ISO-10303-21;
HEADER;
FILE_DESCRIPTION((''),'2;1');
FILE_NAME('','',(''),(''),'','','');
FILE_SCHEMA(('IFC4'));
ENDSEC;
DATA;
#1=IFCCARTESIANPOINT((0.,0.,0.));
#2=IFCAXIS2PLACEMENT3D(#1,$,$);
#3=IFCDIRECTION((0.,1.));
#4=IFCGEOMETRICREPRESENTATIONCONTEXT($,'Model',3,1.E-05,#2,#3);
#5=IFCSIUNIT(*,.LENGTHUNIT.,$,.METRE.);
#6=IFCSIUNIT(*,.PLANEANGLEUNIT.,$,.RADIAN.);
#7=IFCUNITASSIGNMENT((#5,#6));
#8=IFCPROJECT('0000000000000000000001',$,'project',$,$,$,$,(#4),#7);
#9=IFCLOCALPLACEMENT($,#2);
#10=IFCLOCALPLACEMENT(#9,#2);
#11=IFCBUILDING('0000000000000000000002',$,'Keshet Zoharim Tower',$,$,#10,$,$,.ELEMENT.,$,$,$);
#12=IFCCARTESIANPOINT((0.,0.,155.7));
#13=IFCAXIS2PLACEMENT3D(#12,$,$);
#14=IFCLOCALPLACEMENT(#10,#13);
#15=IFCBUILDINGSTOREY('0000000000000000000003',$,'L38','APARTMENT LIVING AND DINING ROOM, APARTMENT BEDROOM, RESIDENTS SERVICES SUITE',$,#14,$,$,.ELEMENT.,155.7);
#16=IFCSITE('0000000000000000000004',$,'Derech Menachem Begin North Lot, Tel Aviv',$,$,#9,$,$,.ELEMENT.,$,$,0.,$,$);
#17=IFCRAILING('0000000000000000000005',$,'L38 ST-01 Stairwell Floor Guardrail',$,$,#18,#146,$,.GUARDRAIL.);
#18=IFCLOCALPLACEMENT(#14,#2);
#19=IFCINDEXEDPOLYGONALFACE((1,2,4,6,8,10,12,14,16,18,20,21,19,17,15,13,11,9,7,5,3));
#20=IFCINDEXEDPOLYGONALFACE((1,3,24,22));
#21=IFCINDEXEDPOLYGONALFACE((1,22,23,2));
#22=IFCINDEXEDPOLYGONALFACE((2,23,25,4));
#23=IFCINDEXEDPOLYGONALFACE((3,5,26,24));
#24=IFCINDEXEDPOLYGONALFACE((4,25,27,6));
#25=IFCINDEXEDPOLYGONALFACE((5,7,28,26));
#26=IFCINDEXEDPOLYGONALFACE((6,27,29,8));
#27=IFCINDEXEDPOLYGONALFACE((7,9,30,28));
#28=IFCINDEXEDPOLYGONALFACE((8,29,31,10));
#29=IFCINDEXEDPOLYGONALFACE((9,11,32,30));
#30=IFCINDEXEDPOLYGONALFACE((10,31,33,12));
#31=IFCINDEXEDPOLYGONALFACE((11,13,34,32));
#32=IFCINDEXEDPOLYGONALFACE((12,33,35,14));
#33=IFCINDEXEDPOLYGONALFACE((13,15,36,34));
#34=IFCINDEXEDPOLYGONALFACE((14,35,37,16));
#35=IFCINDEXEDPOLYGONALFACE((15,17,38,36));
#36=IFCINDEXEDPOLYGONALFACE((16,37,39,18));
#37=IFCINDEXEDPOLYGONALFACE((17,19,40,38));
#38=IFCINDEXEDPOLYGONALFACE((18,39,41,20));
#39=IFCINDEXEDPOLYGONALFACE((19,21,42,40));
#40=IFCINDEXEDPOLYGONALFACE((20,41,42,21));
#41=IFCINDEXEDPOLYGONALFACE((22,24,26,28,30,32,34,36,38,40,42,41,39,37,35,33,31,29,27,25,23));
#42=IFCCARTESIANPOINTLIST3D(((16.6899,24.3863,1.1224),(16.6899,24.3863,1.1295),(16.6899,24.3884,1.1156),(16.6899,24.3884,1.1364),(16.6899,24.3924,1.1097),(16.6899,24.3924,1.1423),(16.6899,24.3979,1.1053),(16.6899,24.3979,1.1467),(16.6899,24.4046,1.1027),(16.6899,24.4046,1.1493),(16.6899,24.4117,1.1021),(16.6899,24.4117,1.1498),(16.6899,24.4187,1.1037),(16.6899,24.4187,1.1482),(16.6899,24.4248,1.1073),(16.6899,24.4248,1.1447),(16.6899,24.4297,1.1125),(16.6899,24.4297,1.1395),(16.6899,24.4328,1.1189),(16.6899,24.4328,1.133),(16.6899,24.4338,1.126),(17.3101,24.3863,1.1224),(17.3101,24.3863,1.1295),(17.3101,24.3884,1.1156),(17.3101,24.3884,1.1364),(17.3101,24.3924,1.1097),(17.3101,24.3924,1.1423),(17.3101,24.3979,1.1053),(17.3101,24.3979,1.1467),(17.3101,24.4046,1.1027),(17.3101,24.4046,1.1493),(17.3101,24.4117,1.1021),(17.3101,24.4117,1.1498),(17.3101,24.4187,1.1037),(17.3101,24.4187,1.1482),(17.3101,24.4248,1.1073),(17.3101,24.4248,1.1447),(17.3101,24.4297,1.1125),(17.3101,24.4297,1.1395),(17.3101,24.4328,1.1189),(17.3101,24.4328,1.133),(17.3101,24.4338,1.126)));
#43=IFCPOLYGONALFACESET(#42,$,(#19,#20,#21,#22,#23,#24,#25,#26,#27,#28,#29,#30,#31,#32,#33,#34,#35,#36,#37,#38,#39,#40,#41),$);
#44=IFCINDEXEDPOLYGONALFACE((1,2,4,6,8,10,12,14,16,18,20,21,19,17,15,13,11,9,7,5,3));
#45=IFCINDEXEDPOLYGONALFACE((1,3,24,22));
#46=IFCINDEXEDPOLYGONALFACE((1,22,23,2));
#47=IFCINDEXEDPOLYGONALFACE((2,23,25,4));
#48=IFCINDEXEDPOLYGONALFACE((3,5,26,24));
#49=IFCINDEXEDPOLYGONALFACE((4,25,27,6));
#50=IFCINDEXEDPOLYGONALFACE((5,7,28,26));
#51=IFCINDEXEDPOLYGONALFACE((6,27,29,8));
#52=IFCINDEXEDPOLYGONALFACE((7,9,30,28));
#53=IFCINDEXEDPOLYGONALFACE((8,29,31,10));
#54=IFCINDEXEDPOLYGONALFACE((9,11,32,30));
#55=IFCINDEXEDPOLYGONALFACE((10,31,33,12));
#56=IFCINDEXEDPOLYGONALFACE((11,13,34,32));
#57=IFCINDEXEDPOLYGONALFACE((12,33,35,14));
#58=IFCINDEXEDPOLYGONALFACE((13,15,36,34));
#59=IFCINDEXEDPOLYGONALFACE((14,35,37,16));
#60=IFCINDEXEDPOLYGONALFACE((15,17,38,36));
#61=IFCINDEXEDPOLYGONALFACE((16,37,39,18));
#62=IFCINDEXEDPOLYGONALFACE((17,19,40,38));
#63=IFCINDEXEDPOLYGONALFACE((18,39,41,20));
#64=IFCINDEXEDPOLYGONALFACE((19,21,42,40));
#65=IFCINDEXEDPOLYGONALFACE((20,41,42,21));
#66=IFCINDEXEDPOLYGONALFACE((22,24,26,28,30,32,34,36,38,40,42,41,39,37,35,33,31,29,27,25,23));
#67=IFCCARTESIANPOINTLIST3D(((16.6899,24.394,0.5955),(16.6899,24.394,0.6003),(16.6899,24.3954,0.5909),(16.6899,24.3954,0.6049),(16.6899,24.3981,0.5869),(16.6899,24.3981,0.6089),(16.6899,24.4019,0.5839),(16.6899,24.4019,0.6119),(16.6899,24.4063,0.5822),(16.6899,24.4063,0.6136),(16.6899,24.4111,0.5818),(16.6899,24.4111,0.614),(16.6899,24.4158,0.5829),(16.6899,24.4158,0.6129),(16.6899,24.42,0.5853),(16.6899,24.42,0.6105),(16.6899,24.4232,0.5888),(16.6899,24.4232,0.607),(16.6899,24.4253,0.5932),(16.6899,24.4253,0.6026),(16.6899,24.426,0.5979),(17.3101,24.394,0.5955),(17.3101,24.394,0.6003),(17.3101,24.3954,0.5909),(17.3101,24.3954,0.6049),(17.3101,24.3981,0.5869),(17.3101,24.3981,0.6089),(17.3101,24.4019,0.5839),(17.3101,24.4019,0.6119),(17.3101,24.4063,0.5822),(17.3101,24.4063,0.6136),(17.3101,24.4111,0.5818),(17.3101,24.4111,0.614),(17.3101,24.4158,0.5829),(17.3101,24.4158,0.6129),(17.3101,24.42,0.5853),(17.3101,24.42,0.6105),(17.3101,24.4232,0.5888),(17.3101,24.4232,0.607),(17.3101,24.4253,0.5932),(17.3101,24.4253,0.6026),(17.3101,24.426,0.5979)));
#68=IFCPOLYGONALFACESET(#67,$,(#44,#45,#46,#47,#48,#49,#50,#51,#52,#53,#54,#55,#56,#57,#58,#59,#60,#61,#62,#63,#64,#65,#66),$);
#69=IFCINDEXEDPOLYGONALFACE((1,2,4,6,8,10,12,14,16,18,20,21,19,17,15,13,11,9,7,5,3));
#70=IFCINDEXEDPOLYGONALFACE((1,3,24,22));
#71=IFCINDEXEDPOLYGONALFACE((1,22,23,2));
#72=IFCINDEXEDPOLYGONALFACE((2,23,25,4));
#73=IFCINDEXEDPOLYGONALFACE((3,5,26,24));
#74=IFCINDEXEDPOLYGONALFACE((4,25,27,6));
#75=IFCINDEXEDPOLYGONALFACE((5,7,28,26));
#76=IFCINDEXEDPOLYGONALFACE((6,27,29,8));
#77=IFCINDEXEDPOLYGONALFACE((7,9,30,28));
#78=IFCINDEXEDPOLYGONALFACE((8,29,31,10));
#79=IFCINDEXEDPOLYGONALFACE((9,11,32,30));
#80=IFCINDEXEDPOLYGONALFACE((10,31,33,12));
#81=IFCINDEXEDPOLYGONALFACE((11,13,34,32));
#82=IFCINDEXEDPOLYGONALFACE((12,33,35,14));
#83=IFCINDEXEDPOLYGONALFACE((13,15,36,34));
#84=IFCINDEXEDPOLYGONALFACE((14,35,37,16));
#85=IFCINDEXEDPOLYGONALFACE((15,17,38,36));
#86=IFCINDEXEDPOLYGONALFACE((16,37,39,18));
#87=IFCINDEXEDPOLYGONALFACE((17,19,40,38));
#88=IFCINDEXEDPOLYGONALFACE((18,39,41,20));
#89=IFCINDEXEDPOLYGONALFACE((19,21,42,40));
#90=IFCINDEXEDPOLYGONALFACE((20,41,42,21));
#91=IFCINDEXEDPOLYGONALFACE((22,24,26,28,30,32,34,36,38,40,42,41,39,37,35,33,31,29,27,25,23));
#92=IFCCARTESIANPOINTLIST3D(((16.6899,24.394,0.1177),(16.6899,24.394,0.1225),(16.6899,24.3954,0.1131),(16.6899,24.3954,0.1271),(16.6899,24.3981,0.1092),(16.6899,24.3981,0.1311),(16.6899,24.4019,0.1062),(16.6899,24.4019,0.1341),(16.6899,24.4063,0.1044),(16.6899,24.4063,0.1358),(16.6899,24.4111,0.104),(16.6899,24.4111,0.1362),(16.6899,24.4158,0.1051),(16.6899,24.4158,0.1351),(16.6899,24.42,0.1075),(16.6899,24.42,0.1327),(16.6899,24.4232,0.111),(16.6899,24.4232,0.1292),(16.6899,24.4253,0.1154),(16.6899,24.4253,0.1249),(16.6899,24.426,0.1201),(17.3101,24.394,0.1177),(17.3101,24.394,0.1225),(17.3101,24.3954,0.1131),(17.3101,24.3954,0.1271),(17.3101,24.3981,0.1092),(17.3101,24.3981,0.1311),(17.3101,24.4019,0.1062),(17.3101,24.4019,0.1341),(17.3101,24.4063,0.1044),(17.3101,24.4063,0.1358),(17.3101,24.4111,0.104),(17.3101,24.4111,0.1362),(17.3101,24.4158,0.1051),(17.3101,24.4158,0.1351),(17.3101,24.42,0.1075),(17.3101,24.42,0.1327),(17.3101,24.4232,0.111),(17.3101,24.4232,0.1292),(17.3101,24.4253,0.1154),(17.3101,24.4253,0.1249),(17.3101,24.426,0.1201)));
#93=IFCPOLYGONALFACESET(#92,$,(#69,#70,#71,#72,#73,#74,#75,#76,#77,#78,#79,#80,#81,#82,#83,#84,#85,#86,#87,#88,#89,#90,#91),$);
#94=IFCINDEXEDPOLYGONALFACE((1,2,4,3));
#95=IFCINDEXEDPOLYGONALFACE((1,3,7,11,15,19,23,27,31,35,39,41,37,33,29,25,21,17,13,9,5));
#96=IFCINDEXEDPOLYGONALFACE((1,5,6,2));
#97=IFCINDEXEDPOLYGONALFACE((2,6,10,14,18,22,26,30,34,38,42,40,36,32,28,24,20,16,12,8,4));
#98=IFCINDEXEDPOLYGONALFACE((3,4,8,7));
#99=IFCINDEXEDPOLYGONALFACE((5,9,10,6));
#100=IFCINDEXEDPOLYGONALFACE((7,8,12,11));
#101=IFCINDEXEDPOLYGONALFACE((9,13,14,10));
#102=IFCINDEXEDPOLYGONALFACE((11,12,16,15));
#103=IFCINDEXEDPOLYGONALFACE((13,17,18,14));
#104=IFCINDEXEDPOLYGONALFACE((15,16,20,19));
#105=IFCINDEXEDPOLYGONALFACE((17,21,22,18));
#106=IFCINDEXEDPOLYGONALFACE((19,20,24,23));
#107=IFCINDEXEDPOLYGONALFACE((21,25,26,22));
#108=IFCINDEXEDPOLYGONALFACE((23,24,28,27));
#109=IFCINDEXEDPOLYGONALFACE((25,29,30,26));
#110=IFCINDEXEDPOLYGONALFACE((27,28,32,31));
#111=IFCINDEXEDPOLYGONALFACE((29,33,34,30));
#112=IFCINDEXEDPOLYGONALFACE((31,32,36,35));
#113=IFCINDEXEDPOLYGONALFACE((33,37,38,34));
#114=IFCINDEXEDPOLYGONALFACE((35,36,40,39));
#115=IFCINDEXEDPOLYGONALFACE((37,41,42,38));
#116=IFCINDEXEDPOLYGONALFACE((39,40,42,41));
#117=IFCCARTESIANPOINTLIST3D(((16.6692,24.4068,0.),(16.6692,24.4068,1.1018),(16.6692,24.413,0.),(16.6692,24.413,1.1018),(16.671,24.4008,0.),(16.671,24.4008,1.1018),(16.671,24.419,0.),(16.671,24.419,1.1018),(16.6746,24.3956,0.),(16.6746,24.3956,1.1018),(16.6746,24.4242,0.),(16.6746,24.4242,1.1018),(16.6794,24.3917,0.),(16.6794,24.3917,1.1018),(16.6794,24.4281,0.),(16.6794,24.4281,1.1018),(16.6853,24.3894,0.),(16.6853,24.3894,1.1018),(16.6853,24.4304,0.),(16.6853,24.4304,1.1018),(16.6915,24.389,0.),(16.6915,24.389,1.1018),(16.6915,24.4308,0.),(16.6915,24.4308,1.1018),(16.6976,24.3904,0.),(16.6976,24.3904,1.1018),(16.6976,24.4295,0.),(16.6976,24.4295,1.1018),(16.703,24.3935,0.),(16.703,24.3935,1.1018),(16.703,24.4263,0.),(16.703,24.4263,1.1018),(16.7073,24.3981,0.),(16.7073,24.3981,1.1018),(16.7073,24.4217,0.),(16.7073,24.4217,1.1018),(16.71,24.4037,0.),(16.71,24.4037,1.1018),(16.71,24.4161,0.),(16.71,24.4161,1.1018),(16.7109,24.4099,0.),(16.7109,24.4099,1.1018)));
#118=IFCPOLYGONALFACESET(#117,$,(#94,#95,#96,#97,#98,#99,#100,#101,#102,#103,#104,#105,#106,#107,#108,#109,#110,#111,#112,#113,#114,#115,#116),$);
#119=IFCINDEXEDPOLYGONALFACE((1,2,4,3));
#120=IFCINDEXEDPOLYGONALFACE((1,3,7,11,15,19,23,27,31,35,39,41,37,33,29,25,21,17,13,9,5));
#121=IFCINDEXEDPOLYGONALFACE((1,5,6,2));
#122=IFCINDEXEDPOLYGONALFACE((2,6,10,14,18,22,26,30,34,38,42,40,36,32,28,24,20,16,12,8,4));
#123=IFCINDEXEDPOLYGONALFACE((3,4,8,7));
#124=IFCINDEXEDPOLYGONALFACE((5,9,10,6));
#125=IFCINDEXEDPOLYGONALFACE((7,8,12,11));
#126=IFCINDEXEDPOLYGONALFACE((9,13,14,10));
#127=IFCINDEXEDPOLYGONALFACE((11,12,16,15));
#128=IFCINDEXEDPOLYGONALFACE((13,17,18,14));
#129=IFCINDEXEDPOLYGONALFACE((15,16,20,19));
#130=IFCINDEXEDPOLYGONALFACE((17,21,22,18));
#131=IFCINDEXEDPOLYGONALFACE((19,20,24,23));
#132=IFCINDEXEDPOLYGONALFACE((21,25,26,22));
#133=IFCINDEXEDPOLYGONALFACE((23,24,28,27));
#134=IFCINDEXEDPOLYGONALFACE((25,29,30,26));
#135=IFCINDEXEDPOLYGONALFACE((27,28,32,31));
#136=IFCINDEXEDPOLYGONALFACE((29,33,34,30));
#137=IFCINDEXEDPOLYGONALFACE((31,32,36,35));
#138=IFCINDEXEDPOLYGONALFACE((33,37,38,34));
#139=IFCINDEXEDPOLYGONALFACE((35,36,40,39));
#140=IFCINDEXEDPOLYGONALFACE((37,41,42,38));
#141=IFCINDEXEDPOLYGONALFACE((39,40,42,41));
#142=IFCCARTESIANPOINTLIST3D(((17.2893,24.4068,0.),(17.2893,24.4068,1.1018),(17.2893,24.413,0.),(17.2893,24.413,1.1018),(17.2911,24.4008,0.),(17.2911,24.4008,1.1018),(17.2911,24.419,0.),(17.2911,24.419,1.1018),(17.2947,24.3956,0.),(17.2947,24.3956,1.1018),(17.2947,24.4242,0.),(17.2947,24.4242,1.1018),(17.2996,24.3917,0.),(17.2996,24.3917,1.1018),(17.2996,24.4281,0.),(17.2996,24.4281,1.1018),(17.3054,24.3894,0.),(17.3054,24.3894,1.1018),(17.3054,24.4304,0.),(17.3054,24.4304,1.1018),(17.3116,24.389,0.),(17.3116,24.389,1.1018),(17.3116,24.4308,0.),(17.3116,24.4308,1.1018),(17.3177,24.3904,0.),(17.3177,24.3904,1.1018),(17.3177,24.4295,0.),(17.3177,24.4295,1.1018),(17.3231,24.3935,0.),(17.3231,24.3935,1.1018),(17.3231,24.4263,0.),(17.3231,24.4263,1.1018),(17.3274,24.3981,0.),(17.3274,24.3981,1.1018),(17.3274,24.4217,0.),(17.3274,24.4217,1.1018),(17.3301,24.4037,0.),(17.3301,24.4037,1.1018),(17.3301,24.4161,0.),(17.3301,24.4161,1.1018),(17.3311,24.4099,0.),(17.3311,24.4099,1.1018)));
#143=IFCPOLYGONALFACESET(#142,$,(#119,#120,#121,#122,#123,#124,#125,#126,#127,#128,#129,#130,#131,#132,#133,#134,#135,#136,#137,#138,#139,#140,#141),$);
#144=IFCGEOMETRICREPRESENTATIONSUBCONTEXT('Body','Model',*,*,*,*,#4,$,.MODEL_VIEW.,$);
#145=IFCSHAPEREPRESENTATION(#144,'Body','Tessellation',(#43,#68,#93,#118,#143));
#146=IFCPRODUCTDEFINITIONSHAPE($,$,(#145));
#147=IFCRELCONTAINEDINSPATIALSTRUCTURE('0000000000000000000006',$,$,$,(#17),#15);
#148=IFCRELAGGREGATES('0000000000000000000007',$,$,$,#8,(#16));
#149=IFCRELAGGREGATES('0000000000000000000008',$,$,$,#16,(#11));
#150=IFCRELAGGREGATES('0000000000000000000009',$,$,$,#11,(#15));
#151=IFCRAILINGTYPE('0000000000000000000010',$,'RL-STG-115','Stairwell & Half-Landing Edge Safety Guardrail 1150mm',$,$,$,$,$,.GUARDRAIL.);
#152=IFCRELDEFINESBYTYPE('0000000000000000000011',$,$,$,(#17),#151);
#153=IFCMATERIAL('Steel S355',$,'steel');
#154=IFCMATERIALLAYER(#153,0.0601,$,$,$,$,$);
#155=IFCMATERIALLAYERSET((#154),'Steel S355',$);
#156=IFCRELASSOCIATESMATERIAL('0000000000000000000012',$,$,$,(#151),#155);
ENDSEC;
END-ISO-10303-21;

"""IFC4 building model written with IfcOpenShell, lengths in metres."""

from ifc_helpers import new_model, si_unit, direction, frame, origin, origin_2d, place, context, subcontext, project, spatial, circle, extrude, material, layer, layer_set, type_object, element, save


model = new_model("IFC4")

# Units and contexts
model_context = context("Model", 3, precision=1e-05, world=origin(), true_north=direction((0.0, 1.0)))
body_context = subcontext(model_context, "Body", "Model", "MODEL_VIEW")
ifc_project = project(units=[si_unit("LENGTHUNIT", "METRE"), si_unit("PLANEANGLEUNIT", "RADIAN")], contexts=[model_context])

# Site, building, storey
site_placement = place(None, origin())
site = spatial("IfcSite", under=ifc_project, at=site_placement, Name="Derech Menachem Begin North Lot, Tel Aviv", CompositionType="ELEMENT", RefElevation=0.0)
building_placement = place(site_placement, origin())
building = spatial("IfcBuilding", under=site, at=building_placement, Name="Keshet Zoharim Tower", CompositionType="ELEMENT")
storey_placement = place(building_placement, frame((0.0, 0.0, 155.7)))
storey = spatial("IfcBuildingStorey", under=building, at=storey_placement, Name="L38", Description="APARTMENT LIVING AND DINING ROOM, APARTMENT BEDROOM, RESIDENTS SERVICES SUITE", CompositionType="ELEMENT", Elevation=155.7)

# Railing
ifc_material_1 = material(Name="Steel S355", Category="steel")
ifc_layer_1 = layer(ifc_material_1, 0.0601)
ifc_layer_set_1 = layer_set([ifc_layer_1], Name="Steel S355")
railing_type_1 = type_object("IfcRailingType", Name="RL-STG-115", Description="Stairwell & Half-Landing Edge Safety Guardrail 1150mm", PredefinedType="GUARDRAIL", material=ifc_layer_set_1)
railing_1_placement = place(storey_placement, frame((16.6899, 24.4099, 0.0)))
element("IfcRailing", 1, at=railing_1_placement, inside=storey, type_object=railing_type_1, Name="L38 ST-01 Stairwell Floor Guardrail", PredefinedType="GUARDRAIL", context=body_context, shape_type="SweptSolid", body=[
    extrude(circle(Radius=0.0239, at=origin_2d()), frame((0.0, 0.0, 1.126), z_axis=(1.0, 0.0, 0.0), x_axis=(0.0, 1.0, 0.0)), (0.0, 0.0, 1.0), 0.6201),
    extrude(circle(Radius=0.0161, at=origin_2d()), frame((0.0, 0.0, 0.5979), z_axis=(1.0, 0.0, 0.0), x_axis=(0.0, 1.0, 0.0)), (0.0, 0.0, 1.0), 0.6201),
    extrude(circle(Radius=0.0161, at=origin_2d()), frame((0.0, 0.0, 0.1201), z_axis=(1.0, 0.0, 0.0), x_axis=(0.0, 1.0, 0.0)), (0.0, 0.0, 1.0), 0.6201),
    extrude(circle(Radius=0.021, at=origin_2d()), origin(), (0.0, 0.0, 1.0), 1.1018),
    extrude(circle(Radius=0.021, at=origin_2d()), frame((0.6201, 0.0, 0.0)), (0.0, 0.0, 1.0), 1.1018),
])

save(model, "model.ifc")
